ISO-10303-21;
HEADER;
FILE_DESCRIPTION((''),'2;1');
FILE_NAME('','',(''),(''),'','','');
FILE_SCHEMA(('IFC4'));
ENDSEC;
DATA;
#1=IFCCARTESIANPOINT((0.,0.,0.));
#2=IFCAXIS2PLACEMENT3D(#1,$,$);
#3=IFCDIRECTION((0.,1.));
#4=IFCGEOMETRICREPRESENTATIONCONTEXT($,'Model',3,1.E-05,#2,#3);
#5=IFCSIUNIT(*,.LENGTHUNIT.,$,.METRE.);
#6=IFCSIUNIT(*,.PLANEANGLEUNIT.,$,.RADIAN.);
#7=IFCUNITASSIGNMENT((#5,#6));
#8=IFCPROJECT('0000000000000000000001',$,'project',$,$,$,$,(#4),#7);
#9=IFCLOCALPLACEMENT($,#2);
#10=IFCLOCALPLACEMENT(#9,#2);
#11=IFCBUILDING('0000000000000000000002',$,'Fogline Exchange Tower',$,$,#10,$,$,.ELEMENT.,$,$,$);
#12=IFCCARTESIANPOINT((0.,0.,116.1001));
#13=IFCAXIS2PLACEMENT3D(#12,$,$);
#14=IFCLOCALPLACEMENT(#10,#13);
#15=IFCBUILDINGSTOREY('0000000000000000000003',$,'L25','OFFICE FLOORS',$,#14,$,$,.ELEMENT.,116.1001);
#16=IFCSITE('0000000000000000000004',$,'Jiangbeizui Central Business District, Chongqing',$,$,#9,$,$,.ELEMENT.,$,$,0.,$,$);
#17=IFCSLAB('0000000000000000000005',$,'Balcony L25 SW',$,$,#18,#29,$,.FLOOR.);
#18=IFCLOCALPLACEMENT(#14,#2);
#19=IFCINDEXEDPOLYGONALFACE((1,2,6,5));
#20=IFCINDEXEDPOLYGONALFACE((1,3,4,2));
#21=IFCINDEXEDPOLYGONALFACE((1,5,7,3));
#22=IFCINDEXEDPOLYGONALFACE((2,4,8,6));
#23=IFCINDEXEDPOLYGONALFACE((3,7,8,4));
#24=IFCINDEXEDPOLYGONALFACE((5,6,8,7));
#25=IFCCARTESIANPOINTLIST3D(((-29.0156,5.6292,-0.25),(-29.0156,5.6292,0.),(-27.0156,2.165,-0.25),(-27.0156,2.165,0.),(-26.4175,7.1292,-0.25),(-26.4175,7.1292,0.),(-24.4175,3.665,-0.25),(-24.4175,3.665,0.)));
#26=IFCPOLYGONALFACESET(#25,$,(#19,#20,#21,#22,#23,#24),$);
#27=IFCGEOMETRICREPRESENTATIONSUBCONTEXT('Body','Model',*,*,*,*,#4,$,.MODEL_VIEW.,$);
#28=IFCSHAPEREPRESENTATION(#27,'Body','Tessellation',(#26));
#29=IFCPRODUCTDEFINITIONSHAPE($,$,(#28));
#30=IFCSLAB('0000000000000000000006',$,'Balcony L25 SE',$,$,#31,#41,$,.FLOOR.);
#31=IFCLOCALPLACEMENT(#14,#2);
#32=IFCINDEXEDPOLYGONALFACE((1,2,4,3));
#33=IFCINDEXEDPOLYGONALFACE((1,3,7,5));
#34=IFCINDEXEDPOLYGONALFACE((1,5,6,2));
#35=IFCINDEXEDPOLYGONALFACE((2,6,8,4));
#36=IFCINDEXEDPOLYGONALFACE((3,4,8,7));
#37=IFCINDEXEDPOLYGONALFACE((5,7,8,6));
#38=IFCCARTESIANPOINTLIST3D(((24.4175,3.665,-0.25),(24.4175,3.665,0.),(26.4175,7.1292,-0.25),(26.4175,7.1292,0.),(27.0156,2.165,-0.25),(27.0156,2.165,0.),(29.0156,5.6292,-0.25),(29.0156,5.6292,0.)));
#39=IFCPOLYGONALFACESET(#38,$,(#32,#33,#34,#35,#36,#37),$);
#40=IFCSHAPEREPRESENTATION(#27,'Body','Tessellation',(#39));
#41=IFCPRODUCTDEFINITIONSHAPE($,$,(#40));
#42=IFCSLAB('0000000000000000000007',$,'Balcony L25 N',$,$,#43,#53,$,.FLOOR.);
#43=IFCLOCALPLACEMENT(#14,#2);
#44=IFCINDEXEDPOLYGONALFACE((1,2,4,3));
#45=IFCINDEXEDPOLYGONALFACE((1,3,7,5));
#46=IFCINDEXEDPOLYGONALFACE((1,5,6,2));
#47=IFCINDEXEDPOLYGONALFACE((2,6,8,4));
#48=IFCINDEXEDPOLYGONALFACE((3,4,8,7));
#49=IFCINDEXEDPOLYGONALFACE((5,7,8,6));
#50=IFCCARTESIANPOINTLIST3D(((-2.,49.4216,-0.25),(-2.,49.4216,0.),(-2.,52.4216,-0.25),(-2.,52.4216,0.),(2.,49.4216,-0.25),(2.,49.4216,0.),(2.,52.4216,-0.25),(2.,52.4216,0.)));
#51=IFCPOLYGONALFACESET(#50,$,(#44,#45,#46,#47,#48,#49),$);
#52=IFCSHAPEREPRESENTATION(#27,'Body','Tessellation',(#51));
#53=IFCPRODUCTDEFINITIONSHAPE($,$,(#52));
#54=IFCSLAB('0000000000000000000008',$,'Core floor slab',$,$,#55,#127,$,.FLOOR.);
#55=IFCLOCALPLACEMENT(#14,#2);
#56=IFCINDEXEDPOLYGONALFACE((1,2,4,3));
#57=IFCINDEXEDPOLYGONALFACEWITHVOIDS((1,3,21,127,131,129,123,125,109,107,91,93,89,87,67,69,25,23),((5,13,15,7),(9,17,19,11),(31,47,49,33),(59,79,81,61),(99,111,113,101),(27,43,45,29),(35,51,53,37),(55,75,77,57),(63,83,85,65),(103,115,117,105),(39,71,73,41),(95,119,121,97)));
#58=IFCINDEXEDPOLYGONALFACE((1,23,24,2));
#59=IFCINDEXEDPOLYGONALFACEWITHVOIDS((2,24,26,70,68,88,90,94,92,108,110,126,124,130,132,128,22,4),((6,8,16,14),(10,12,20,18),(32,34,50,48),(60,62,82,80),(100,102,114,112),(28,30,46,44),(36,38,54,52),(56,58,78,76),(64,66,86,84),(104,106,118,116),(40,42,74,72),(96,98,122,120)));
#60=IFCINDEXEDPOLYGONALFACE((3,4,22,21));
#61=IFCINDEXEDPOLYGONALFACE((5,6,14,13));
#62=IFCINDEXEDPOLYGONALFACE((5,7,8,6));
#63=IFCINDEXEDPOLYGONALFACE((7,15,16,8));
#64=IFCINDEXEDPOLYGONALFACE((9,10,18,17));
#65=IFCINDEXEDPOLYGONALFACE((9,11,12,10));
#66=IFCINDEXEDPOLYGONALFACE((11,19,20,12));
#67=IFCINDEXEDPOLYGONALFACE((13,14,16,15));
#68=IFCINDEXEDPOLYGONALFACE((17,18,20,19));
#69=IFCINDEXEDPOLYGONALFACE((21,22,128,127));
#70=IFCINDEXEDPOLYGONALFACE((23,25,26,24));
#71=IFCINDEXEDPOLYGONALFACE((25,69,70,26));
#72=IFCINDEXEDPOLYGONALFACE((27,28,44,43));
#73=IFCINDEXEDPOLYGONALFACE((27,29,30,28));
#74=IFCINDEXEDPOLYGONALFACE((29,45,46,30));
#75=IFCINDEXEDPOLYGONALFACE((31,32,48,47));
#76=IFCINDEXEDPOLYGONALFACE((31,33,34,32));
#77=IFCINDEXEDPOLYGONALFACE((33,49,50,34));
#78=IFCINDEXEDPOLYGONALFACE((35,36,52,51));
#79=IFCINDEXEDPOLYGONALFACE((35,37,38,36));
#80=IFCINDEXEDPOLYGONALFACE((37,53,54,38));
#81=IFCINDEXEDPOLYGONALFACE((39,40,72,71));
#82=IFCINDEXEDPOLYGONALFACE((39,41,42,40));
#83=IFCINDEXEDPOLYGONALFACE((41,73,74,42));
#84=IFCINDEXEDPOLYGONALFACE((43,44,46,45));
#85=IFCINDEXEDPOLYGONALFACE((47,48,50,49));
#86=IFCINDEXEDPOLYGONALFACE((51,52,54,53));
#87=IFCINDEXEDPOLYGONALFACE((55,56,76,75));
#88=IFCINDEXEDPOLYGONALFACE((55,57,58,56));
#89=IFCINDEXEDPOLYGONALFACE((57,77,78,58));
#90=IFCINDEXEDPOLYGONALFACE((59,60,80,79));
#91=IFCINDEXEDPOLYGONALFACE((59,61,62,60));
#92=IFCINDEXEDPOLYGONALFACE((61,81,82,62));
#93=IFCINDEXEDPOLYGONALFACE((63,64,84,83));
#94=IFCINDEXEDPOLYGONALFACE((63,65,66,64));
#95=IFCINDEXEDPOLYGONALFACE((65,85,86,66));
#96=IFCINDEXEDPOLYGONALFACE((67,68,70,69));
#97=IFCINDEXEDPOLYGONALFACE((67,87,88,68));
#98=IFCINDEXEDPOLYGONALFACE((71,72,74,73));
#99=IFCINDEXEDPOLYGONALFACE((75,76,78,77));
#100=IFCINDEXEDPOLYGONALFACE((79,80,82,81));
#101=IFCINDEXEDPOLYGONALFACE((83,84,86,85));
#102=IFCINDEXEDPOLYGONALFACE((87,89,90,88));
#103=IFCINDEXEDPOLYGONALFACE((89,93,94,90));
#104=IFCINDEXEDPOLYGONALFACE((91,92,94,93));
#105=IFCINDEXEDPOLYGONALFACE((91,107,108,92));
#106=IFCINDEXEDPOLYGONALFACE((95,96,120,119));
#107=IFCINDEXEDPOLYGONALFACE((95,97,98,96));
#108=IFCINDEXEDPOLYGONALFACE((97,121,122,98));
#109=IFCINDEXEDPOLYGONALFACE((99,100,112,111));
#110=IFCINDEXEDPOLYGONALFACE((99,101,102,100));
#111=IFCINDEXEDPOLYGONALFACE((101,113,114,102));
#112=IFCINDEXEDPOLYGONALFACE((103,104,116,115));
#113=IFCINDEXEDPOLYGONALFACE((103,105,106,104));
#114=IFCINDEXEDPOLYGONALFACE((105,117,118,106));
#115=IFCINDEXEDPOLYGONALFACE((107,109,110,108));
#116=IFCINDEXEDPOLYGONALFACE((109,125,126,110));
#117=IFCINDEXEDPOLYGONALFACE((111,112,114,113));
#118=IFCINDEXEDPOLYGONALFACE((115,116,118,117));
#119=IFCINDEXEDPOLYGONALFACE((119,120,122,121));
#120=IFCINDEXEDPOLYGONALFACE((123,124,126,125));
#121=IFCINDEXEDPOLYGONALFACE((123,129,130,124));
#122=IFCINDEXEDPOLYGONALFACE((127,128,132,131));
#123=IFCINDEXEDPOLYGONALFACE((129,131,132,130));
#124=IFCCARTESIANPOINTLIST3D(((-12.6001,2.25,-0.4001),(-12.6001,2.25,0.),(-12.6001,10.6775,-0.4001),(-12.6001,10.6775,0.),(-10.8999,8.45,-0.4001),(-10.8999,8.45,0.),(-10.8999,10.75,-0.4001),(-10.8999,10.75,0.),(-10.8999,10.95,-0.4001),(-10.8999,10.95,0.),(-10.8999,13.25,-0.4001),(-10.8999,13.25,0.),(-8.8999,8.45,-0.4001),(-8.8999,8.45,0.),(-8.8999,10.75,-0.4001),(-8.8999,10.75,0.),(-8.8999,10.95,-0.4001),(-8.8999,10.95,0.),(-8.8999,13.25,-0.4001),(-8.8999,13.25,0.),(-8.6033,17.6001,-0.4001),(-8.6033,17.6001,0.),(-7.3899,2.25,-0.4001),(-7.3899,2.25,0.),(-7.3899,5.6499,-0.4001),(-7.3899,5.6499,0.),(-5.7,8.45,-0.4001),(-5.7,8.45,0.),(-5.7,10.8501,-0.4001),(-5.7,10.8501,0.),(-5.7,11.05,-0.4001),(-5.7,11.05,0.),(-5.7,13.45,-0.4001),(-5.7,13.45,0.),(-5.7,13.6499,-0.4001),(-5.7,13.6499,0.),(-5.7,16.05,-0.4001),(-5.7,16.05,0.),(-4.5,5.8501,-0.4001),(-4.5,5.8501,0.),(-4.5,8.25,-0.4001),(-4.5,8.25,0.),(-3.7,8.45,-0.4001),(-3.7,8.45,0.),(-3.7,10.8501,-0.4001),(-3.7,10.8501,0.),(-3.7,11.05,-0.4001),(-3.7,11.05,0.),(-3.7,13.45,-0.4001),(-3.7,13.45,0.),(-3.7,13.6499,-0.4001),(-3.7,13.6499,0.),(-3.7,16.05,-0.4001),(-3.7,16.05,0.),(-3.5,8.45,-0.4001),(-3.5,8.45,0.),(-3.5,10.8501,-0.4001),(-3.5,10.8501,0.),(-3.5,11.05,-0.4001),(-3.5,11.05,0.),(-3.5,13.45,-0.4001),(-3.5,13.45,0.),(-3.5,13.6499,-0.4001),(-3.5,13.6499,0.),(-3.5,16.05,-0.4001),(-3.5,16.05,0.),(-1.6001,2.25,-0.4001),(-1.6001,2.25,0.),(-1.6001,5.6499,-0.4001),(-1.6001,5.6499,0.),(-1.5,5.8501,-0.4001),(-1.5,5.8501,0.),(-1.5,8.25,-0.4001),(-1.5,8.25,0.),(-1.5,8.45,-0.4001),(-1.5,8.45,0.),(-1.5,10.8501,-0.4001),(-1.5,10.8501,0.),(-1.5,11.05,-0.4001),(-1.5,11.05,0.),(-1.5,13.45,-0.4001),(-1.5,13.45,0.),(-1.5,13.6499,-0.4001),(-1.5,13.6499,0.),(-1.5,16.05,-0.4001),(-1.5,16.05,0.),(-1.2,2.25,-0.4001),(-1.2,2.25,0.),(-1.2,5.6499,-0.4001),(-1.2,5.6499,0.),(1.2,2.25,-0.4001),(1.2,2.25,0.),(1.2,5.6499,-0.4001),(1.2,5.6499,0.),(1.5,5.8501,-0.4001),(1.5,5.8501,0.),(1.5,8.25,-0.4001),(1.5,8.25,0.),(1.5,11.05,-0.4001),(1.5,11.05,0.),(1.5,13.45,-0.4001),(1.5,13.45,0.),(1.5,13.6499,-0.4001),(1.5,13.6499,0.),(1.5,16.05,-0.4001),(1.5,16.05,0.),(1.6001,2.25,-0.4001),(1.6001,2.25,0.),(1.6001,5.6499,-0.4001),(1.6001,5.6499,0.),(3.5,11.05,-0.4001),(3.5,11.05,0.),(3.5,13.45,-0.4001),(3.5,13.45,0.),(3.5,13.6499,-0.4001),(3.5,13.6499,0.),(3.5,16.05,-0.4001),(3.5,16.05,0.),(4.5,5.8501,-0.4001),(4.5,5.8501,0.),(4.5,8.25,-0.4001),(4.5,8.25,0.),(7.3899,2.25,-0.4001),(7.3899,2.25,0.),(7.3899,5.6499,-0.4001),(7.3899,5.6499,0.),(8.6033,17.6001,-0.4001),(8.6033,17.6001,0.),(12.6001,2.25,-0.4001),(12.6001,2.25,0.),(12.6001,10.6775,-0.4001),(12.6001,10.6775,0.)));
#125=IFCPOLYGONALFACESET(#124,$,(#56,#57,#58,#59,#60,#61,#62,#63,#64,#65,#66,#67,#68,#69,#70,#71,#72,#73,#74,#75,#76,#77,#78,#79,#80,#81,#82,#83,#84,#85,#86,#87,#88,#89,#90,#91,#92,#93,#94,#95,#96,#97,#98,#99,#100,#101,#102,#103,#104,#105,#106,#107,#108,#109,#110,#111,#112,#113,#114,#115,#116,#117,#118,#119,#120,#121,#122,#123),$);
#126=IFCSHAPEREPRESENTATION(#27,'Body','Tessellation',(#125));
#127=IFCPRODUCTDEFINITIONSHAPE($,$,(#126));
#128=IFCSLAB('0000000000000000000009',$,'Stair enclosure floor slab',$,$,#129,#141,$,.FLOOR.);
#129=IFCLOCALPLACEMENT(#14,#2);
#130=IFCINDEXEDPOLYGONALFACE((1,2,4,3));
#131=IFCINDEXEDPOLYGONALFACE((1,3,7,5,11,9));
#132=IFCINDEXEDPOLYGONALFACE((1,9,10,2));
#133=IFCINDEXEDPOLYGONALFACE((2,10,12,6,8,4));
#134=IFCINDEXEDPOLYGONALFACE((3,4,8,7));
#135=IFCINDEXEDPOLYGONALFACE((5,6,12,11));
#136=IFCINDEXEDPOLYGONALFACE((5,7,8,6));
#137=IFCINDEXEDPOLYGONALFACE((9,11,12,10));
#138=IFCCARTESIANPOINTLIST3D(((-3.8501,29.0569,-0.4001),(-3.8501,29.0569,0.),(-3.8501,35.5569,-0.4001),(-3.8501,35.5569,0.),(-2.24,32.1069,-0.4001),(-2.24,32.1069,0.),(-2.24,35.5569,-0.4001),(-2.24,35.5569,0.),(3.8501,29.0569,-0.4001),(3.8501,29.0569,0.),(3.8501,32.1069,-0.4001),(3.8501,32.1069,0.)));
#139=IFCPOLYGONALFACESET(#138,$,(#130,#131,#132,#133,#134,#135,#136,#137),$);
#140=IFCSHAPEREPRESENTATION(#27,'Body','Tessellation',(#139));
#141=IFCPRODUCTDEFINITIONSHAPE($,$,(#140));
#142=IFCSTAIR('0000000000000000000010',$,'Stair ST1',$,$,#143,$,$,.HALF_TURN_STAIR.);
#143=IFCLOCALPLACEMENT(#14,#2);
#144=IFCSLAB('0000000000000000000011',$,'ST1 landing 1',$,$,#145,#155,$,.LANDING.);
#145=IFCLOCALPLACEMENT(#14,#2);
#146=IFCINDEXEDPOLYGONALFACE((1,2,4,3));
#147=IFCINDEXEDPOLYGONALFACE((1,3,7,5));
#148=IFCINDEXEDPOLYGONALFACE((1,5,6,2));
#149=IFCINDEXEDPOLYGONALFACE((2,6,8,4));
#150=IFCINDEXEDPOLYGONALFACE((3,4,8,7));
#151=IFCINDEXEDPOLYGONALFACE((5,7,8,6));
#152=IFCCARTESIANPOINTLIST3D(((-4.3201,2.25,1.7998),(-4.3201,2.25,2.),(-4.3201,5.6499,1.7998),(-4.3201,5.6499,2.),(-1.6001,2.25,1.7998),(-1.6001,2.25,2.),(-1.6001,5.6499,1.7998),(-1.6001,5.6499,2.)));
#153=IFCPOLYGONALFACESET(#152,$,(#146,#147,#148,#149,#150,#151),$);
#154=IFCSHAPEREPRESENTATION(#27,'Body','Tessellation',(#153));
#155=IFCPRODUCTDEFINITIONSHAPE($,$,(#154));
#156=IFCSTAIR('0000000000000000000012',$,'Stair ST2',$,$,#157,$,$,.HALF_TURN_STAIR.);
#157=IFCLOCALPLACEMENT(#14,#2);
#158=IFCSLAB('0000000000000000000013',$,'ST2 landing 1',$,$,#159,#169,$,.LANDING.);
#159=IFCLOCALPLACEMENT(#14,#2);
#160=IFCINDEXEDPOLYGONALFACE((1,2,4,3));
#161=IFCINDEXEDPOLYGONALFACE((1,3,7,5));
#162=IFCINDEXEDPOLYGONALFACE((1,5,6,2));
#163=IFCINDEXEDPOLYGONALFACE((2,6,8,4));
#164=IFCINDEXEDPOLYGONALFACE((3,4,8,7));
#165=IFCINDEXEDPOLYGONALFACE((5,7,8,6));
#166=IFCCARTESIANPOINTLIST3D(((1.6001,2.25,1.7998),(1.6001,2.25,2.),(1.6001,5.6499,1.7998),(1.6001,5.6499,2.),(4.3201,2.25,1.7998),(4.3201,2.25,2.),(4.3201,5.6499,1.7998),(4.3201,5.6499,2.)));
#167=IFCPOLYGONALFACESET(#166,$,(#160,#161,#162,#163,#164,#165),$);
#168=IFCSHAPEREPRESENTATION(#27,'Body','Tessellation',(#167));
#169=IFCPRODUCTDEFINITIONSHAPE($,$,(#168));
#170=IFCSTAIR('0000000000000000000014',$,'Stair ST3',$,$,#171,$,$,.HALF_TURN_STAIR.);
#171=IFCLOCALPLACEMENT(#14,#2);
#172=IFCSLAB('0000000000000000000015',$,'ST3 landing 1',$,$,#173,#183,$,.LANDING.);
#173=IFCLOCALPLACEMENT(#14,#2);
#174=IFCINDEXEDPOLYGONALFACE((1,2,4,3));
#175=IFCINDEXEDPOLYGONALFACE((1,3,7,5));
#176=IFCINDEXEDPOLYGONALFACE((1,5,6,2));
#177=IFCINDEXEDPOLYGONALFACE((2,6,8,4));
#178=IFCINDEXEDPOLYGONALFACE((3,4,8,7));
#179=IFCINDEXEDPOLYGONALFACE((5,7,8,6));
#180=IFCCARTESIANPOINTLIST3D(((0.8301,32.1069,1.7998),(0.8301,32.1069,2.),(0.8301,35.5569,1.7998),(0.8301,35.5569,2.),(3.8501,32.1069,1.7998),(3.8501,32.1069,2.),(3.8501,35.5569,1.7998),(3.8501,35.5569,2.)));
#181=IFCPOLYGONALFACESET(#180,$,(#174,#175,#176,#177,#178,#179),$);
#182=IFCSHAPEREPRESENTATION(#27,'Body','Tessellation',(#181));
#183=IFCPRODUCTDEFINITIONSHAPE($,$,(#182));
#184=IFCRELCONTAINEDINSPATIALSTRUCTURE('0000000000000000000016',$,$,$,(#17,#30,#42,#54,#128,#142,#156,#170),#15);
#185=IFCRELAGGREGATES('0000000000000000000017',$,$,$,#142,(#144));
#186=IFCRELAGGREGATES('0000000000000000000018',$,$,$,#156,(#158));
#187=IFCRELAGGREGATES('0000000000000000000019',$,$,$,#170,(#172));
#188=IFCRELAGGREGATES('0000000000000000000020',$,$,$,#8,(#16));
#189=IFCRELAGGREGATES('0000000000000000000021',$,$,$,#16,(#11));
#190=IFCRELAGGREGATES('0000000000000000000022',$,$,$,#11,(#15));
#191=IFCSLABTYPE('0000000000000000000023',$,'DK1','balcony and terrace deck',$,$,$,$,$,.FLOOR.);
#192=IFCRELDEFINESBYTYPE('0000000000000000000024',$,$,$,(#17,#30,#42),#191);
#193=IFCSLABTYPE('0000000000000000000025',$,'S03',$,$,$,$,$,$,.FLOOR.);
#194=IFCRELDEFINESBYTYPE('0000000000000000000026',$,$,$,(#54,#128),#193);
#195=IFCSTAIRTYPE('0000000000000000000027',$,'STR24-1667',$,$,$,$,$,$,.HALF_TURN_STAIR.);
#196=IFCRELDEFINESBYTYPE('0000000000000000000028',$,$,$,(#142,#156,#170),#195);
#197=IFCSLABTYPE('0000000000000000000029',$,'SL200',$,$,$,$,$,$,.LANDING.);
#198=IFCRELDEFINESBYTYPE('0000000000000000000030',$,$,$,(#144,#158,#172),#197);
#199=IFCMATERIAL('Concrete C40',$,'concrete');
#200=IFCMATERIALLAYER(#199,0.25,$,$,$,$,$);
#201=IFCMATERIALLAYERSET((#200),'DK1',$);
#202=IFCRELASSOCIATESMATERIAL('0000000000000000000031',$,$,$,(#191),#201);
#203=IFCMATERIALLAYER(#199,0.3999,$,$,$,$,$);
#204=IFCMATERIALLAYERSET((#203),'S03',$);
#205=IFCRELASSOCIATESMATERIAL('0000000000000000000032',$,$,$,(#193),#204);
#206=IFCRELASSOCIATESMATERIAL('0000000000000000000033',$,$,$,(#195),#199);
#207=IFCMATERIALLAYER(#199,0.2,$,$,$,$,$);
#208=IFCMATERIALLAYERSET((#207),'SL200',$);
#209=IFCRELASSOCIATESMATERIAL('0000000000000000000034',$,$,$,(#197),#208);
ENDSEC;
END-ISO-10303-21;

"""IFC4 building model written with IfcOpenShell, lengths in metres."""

from ifc_helpers import new_model, si_unit, direction, frame, origin, place, context, subcontext, project, spatial, polyline, outline, extrude, material, layer, layer_set, type_object, element, aggregate, save


model = new_model("IFC4")

# Units and contexts
model_context = context("Model", 3, precision=1e-05, world=origin(), true_north=direction((0.0, 1.0)))
body_context = subcontext(model_context, "Body", "Model", "MODEL_VIEW")
ifc_project = project(units=[si_unit("LENGTHUNIT", "METRE"), si_unit("PLANEANGLEUNIT", "RADIAN")], contexts=[model_context])

# Site, building, storey
site_placement = place(None, origin())
site = spatial("IfcSite", under=ifc_project, at=site_placement, Name="Jiangbeizui Central Business District, Chongqing", CompositionType="ELEMENT", RefElevation=0.0)
building_placement = place(site_placement, origin())
building = spatial("IfcBuilding", under=site, at=building_placement, Name="Fogline Exchange Tower", CompositionType="ELEMENT")
storey_placement = place(building_placement, frame((0.0, 0.0, 116.1001)))
storey = spatial("IfcBuildingStorey", under=building, at=storey_placement, Name="L25", Description="OFFICE FLOORS", CompositionType="ELEMENT", Elevation=116.1001)

# Slabs
ifc_material_1 = material(Name="Concrete C40", Category="concrete")
ifc_layer_1 = layer(ifc_material_1, 0.25)
ifc_layer_set_1 = layer_set([ifc_layer_1], Name="DK1")
slab_type_1 = type_object("IfcSlabType", Name="DK1", Description="balcony and terrace deck", PredefinedType="FLOOR", material=ifc_layer_set_1)
slab_1_placement = place(storey_placement, frame((0.0, 0.0, -0.25)))
element("IfcSlab", 1, at=slab_1_placement, inside=storey, type_object=slab_type_1, Name="Balcony L25 SW", PredefinedType="FLOOR", context=body_context, shape_type="SweptSolid", body=[
    extrude(outline(polyline([(-29.0156, 5.6292), (-27.0156, 2.165), (-24.4175, 3.665), (-26.4175, 7.1292), (-29.0156, 5.6292)])), origin(), (0.0, 0.0, 1.0), 0.25),
])
slab_2_placement = place(storey_placement, frame((0.0, 0.0, -0.25)))
element("IfcSlab", 2, at=slab_2_placement, inside=storey, type_object=slab_type_1, Name="Balcony L25 SE", PredefinedType="FLOOR", context=body_context, shape_type="SweptSolid", body=[
    extrude(outline(polyline([(27.0156, 2.165), (29.0156, 5.6292), (26.4175, 7.1292), (24.4175, 3.665), (27.0156, 2.165)])), origin(), (0.0, 0.0, 1.0), 0.25),
])
slab_3_placement = place(storey_placement, frame((0.0, 0.0, -0.25)))
element("IfcSlab", 3, at=slab_3_placement, inside=storey, type_object=slab_type_1, Name="Balcony L25 N", PredefinedType="FLOOR", context=body_context, shape_type="SweptSolid", body=[
    extrude(outline(polyline([(2.0, 52.4216), (-2.0, 52.4216), (-2.0, 49.4216), (2.0, 49.4216), (2.0, 52.4216)])), origin(), (0.0, 0.0, 1.0), 0.25),
])
ifc_layer_2 = layer(ifc_material_1, 0.3999)
ifc_layer_set_2 = layer_set([ifc_layer_2], Name="S03")
slab_type_2 = type_object("IfcSlabType", Name="S03", PredefinedType="FLOOR", material=ifc_layer_set_2)
slab_4_placement = place(storey_placement, frame((0.0, 0.0, -0.4001)))
element("IfcSlab", 4, at=slab_4_placement, inside=storey, type_object=slab_type_2, Name="Core floor slab", PredefinedType="FLOOR", context=body_context, shape_type="SweptSolid", body=[
    extrude(outline(polyline([(-12.6001, 2.25), (-12.6001, 10.6775), (-8.6033, 17.6001), (8.6033, 17.6001), (12.6001, 10.6775), (12.6001, 2.25), (7.3899, 2.25), (7.3899, 5.6499), (1.6001, 5.6499), (1.6001, 2.25), (1.2, 2.25), (1.2, 5.6499), (-1.2, 5.6499), (-1.2, 2.25), (-1.6001, 2.25), (-1.6001, 5.6499), (-7.3899, 5.6499), (-7.3899, 2.25), (-12.6001, 2.25)]), holes=[polyline([(-1.5, 8.25), (-4.5, 8.25), (-4.5, 5.8501), (-1.5, 5.8501), (-1.5, 8.25)]), polyline([(-8.8999, 10.75), (-10.8999, 10.75), (-10.8999, 8.45), (-8.8999, 8.45), (-8.8999, 10.75)]), polyline([(-3.7, 10.8501), (-5.7, 10.8501), (-5.7, 8.45), (-3.7, 8.45), (-3.7, 10.8501)]), polyline([(-1.5, 10.8501), (-3.5, 10.8501), (-3.5, 8.45), (-1.5, 8.45), (-1.5, 10.8501)]), polyline([(-8.8999, 13.25), (-10.8999, 13.25), (-10.8999, 10.95), (-8.8999, 10.95), (-8.8999, 13.25)]), polyline([(-3.7, 13.45), (-5.7, 13.45), (-5.7, 11.05), (-3.7, 11.05), (-3.7, 13.45)]), polyline([(-3.7, 16.05), (-5.7, 16.05), (-5.7, 13.6499), (-3.7, 13.6499), (-3.7, 16.05)]), polyline([(4.5, 8.25), (1.5, 8.25), (1.5, 5.8501), (4.5, 5.8501), (4.5, 8.25)]), polyline([(-1.5, 13.45), (-3.5, 13.45), (-3.5, 11.05), (-1.5, 11.05), (-1.5, 13.45)]), polyline([(3.5, 13.45), (1.5, 13.45), (1.5, 11.05), (3.5, 11.05), (3.5, 13.45)]), polyline([(-1.5, 16.05), (-3.5, 16.05), (-3.5, 13.6499), (-1.5, 13.6499), (-1.5, 16.05)]), polyline([(3.5, 16.05), (1.5, 16.05), (1.5, 13.6499), (3.5, 13.6499), (3.5, 16.05)])]), origin(), (0.0, 0.0, 1.0), 0.4001),
])
slab_5_placement = place(storey_placement, frame((0.0, 0.0, -0.4001)))
element("IfcSlab", 5, at=slab_5_placement, inside=storey, type_object=slab_type_2, Name="Stair enclosure floor slab", PredefinedType="FLOOR", context=body_context, shape_type="SweptSolid", body=[
    extrude(outline(polyline([(3.8501, 29.0569), (-3.8501, 29.0569), (-3.8501, 35.5569), (-2.24, 35.5569), (-2.24, 32.1069), (3.8501, 32.1069), (3.8501, 29.0569)])), origin(), (0.0, 0.0, 1.0), 0.4001),
])

# Stairs, slabs
stair_type = type_object("IfcStairType", Name="STR24-1667", PredefinedType="HALF_TURN_STAIR", material=ifc_material_1)
stair_1_placement = place(storey_placement, origin())
stair_1 = element("IfcStair", 6, at=stair_1_placement, inside=storey, type_object=stair_type, Name="Stair ST1", PredefinedType="HALF_TURN_STAIR")
ifc_layer_3 = layer(ifc_material_1, 0.2)
ifc_layer_set_3 = layer_set([ifc_layer_3], Name="SL200")
slab_type_3 = type_object("IfcSlabType", Name="SL200", PredefinedType="LANDING", material=ifc_layer_set_3)
slab_6_placement = place(storey_placement, frame((0.0, 0.0, 1.7998)))
slab_6 = element("IfcSlab", 7, at=slab_6_placement, type_object=slab_type_3, Name="ST1 landing 1", PredefinedType="LANDING", context=body_context, shape_type="SweptSolid", body=[
    extrude(outline(polyline([(-4.3201, 2.25), (-1.6001, 2.25), (-1.6001, 5.6499), (-4.3201, 5.6499), (-4.3201, 2.25)])), origin(), (0.0, 0.0, 1.0), 0.2002),
])
aggregate(stair_1, [slab_6])
stair_2_placement = place(storey_placement, origin())
stair_2 = element("IfcStair", 8, at=stair_2_placement, inside=storey, type_object=stair_type, Name="Stair ST2", PredefinedType="HALF_TURN_STAIR")
slab_7_placement = place(storey_placement, frame((0.0, 0.0, 1.7998)))
slab_7 = element("IfcSlab", 9, at=slab_7_placement, type_object=slab_type_3, Name="ST2 landing 1", PredefinedType="LANDING", context=body_context, shape_type="SweptSolid", body=[
    extrude(outline(polyline([(1.6001, 2.25), (4.3201, 2.25), (4.3201, 5.6499), (1.6001, 5.6499), (1.6001, 2.25)])), origin(), (0.0, 0.0, 1.0), 0.2002),
])
aggregate(stair_2, [slab_7])
stair_3_placement = place(storey_placement, origin())
stair_3 = element("IfcStair", 10, at=stair_3_placement, inside=storey, type_object=stair_type, Name="Stair ST3", PredefinedType="HALF_TURN_STAIR")
slab_8_placement = place(storey_placement, frame((0.0, 0.0, 1.7998)))
slab_8 = element("IfcSlab", 11, at=slab_8_placement, type_object=slab_type_3, Name="ST3 landing 1", PredefinedType="LANDING", context=body_context, shape_type="SweptSolid", body=[
    extrude(outline(polyline([(0.8301, 32.1069), (3.8501, 32.1069), (3.8501, 35.5569), (0.8301, 35.5569), (0.8301, 32.1069)])), origin(), (0.0, 0.0, 1.0), 0.2002),
])
aggregate(stair_3, [slab_8])

save(model, "model.ifc")
